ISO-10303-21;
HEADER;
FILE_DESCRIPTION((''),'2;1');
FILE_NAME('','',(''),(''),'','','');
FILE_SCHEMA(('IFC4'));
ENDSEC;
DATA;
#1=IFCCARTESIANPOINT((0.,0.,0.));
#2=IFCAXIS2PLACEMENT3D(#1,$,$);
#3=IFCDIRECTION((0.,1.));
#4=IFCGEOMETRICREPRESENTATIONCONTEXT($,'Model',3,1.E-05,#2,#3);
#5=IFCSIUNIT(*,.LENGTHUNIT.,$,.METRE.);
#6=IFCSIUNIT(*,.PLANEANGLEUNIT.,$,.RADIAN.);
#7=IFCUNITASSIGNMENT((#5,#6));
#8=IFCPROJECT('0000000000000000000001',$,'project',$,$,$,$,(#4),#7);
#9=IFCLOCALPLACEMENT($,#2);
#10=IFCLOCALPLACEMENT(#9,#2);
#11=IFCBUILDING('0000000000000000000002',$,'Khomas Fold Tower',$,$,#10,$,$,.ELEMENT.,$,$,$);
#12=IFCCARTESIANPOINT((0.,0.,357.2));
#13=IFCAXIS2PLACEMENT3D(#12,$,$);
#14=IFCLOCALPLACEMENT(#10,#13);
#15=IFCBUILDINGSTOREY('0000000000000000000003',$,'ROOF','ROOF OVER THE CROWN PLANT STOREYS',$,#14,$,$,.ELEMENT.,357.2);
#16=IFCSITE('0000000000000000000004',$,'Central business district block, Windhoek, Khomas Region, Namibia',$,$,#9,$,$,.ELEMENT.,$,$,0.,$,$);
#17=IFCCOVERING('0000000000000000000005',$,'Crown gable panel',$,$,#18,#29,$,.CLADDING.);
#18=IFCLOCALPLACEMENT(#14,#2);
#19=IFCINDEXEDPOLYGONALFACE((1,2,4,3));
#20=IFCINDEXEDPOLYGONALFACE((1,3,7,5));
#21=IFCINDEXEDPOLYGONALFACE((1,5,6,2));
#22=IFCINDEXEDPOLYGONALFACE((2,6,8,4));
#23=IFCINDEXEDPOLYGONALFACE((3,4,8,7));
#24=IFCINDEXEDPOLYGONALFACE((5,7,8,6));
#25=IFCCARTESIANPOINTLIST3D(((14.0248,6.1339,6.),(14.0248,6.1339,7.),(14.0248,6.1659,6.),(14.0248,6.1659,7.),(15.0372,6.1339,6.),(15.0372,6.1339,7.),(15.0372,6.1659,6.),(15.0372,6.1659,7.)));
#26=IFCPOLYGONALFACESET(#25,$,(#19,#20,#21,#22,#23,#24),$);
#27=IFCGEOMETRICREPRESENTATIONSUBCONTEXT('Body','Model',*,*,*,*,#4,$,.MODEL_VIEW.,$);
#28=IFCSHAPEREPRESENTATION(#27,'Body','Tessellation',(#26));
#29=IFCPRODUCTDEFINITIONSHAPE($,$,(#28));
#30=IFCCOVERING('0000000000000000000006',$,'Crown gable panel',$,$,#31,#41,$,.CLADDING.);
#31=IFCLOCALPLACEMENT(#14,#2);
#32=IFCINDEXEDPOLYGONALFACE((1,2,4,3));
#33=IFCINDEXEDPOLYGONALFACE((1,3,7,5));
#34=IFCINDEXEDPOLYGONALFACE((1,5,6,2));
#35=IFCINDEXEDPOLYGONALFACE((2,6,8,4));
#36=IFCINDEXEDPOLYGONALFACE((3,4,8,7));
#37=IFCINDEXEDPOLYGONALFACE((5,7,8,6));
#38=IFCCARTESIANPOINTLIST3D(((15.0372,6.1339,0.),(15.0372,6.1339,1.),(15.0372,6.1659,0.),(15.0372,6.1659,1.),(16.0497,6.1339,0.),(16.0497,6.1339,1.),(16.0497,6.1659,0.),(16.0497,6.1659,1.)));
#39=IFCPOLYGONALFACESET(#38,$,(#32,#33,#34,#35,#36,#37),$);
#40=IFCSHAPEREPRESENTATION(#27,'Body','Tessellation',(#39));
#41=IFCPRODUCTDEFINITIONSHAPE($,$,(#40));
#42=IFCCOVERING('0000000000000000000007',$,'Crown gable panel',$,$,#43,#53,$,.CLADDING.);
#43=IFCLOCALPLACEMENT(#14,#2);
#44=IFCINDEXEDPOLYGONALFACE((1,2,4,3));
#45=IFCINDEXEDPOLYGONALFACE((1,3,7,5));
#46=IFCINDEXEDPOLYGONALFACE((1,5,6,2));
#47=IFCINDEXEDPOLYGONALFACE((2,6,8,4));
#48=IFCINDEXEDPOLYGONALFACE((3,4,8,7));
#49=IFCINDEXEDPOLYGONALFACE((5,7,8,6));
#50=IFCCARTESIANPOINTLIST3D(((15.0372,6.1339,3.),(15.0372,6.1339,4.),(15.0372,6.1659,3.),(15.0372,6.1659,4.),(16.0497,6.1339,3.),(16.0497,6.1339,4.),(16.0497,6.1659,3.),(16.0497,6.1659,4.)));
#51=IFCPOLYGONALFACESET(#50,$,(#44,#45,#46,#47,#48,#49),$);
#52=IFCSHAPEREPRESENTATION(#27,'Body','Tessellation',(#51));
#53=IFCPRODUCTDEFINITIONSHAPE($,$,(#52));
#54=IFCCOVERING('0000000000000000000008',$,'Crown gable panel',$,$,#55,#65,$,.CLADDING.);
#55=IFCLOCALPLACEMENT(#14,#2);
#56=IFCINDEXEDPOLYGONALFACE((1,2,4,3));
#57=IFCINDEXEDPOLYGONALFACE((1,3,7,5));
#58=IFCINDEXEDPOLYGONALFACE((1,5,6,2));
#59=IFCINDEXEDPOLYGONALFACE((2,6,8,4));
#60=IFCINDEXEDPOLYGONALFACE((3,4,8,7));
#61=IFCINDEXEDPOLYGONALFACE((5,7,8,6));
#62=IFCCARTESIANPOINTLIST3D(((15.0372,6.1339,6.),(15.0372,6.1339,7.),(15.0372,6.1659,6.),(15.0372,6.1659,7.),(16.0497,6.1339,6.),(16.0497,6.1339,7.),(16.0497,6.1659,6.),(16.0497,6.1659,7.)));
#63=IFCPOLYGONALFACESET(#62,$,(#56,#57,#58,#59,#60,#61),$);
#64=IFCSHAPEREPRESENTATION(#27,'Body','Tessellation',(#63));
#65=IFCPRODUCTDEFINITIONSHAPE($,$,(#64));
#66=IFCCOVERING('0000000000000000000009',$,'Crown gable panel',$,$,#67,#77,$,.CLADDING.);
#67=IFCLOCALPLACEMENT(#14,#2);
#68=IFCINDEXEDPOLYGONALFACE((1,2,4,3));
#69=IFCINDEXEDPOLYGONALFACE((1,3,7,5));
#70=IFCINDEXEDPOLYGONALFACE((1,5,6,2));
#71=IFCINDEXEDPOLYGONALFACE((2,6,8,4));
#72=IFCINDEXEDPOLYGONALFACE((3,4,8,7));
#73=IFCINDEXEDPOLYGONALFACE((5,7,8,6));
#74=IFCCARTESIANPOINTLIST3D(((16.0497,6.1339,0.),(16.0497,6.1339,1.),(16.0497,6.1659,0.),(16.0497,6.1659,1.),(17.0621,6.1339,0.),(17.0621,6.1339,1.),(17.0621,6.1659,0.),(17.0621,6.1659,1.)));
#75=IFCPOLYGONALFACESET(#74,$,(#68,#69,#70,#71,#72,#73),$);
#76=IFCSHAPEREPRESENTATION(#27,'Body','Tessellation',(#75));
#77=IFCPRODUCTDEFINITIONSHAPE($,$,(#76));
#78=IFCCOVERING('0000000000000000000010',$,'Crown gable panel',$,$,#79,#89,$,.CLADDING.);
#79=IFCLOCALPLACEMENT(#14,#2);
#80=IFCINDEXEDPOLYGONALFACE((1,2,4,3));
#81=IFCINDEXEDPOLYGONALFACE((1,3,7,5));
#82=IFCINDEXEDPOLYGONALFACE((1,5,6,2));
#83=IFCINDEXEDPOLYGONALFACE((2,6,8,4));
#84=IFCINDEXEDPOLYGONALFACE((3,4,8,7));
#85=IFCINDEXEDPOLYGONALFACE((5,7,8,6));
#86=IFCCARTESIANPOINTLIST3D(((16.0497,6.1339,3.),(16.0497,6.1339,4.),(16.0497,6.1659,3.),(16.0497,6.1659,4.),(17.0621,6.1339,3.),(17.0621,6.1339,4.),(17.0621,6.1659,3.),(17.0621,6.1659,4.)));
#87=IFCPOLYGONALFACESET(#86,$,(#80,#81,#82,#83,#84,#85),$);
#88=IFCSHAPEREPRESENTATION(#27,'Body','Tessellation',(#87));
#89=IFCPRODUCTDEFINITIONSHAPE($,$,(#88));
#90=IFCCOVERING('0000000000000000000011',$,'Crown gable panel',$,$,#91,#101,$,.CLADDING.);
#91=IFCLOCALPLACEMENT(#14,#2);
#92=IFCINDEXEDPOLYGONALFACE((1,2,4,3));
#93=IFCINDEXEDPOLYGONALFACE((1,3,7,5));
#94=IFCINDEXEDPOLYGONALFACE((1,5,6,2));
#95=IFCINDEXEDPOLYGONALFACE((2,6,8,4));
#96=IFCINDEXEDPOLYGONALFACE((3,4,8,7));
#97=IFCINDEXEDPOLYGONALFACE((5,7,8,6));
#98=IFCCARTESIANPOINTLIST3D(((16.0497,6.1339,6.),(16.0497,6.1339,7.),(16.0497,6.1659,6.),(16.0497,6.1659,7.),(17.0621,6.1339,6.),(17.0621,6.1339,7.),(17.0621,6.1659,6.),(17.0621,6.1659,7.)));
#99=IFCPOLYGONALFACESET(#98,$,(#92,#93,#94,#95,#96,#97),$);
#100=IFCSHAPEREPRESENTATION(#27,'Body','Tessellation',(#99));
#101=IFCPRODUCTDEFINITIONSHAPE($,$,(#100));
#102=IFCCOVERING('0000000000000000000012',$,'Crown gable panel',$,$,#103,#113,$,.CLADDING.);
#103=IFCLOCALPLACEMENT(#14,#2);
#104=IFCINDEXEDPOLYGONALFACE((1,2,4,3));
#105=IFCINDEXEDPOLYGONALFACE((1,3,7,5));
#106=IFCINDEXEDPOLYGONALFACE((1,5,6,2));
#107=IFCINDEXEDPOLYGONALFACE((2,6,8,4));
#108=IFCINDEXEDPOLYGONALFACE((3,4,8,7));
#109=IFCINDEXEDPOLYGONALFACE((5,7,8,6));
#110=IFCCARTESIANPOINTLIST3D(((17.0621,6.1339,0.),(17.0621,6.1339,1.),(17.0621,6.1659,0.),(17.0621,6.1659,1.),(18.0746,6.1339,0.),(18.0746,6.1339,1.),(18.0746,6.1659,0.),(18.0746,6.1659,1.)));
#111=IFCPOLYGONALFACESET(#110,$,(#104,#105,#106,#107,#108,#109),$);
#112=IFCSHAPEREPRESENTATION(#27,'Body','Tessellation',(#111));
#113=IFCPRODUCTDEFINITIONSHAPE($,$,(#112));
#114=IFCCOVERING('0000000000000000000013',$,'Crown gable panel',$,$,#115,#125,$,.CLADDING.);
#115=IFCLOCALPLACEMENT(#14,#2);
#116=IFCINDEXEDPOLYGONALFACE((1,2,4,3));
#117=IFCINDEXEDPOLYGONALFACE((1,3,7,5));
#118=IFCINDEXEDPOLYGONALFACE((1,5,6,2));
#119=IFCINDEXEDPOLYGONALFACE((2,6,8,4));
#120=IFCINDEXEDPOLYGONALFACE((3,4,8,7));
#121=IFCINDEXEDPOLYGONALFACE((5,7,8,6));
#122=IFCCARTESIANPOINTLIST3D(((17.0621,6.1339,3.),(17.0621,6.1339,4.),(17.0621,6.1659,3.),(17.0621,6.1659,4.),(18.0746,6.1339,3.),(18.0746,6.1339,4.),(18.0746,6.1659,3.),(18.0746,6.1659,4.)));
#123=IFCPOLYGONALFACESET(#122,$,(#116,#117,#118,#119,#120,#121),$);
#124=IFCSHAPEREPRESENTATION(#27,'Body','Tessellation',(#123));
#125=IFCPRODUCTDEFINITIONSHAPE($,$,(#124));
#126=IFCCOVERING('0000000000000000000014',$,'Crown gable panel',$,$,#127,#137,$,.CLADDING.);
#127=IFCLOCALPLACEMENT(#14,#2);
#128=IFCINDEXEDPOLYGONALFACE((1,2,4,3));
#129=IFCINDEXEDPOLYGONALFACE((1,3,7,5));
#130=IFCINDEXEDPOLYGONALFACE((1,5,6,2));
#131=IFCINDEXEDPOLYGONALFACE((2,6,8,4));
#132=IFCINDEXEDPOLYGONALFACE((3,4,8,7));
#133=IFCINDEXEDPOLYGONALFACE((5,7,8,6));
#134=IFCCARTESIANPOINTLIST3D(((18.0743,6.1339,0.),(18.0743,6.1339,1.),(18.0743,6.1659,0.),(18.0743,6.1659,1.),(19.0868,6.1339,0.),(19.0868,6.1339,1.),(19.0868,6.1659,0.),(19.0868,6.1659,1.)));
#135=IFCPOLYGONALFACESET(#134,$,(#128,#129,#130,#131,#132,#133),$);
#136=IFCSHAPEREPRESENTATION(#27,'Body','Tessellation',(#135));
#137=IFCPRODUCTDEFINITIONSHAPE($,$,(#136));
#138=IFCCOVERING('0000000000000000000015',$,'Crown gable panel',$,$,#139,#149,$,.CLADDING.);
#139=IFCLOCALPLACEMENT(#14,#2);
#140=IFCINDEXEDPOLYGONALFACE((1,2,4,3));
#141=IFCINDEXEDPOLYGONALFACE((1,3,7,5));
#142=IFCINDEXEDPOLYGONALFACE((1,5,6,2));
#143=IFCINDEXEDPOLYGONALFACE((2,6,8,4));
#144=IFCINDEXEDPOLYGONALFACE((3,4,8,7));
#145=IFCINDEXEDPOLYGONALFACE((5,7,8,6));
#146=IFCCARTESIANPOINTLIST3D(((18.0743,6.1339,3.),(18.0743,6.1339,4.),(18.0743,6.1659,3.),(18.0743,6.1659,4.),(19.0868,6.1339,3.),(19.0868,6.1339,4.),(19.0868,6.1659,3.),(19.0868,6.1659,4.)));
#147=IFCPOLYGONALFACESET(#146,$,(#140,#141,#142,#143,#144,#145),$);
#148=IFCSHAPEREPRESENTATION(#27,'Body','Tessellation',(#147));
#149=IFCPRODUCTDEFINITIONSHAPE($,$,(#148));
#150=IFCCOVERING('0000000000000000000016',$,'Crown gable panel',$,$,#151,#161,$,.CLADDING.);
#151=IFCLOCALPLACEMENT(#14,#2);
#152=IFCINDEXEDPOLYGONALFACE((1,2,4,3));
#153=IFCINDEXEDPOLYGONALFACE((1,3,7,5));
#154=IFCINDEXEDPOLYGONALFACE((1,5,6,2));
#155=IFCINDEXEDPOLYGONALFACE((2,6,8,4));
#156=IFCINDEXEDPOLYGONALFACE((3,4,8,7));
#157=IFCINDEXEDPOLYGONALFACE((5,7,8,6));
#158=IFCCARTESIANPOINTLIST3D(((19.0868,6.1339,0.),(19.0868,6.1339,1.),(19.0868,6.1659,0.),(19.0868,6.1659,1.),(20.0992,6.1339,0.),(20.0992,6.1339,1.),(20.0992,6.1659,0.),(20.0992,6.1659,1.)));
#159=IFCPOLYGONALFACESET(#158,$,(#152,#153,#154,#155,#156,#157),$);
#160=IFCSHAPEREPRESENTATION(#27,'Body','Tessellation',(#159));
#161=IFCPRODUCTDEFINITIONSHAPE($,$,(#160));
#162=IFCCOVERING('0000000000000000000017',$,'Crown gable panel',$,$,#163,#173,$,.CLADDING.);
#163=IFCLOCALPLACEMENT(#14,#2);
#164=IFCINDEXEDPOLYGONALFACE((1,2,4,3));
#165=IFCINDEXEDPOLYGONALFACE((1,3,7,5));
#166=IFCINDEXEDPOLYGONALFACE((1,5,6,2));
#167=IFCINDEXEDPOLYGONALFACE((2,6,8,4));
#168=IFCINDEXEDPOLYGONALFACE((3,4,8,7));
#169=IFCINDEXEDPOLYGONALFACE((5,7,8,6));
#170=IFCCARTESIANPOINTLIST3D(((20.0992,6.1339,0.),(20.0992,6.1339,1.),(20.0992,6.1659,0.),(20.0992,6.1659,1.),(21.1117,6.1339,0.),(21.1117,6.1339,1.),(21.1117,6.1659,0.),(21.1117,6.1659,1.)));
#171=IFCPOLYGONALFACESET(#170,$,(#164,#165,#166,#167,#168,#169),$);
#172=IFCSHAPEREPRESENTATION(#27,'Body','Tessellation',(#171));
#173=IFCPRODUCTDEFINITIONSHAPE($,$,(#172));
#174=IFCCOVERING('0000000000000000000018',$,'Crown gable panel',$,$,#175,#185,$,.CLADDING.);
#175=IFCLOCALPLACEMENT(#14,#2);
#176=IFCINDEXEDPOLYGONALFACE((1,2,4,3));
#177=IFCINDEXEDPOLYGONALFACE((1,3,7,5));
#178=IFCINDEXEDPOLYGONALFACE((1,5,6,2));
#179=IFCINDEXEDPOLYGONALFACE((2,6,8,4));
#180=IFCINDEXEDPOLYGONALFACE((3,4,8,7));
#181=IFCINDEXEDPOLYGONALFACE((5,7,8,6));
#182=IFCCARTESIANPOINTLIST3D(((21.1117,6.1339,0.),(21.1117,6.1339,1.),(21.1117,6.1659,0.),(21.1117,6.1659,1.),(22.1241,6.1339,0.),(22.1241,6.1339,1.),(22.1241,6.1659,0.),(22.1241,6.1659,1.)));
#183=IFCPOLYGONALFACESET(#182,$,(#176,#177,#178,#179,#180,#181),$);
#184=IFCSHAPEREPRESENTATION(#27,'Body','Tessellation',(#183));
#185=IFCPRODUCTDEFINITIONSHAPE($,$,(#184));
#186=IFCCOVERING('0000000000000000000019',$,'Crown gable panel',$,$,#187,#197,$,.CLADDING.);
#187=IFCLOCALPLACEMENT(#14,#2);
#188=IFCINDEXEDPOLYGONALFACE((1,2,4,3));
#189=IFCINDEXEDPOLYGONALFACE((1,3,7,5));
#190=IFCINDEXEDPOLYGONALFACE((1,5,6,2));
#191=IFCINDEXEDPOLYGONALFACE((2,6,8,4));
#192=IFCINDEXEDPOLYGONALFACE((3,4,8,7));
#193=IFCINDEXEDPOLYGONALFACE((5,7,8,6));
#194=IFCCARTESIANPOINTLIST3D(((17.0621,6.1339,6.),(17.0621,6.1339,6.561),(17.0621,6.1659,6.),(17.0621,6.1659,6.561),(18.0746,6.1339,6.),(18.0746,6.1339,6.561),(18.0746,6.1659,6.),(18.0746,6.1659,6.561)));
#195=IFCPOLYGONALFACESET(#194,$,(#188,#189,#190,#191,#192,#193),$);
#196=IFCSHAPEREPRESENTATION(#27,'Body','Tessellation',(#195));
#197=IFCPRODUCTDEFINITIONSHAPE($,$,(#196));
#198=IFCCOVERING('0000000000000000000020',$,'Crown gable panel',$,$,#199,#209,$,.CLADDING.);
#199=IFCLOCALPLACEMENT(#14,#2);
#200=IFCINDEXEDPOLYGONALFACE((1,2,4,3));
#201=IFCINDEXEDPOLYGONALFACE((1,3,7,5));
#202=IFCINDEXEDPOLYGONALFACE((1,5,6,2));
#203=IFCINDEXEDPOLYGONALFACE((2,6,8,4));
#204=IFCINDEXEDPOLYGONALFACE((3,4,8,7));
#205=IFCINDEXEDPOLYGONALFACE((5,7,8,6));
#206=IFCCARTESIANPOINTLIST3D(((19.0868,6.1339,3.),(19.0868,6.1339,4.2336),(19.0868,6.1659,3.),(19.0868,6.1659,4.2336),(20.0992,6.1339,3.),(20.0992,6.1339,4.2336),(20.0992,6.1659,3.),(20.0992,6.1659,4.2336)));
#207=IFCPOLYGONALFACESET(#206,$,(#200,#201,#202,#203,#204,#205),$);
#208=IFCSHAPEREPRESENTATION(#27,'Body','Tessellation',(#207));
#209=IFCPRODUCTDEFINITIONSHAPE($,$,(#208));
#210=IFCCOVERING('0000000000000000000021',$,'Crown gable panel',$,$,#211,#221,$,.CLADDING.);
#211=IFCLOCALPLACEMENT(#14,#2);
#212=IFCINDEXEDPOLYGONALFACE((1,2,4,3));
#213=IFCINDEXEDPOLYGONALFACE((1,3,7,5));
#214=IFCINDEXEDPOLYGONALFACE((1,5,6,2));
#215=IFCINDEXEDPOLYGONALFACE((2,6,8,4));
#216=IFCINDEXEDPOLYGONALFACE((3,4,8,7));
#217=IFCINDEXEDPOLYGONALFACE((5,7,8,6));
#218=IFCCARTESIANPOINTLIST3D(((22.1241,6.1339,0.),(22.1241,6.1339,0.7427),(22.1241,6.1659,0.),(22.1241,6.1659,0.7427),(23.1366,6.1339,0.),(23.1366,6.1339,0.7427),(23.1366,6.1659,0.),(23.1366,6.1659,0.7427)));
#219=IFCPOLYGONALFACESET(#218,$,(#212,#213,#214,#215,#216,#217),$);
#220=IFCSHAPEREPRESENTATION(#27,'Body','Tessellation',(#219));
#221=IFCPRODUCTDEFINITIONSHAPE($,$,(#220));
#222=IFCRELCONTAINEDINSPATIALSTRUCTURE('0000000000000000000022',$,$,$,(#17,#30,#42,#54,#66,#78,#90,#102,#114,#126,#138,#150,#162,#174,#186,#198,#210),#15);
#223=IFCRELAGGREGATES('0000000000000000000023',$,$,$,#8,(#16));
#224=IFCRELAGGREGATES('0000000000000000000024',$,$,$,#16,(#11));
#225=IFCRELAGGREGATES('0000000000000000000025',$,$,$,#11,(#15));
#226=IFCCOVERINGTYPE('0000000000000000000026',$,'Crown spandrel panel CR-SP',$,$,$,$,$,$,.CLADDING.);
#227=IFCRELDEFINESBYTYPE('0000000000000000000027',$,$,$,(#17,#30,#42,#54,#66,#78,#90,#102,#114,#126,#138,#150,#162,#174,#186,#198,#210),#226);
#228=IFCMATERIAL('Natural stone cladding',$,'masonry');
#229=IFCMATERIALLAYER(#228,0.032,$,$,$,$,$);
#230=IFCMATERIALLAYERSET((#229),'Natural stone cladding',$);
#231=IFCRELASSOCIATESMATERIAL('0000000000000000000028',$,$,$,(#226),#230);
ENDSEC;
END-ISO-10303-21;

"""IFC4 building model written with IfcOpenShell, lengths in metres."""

from ifc_helpers import new_model, si_unit, direction, frame, origin, origin_2d, place, context, subcontext, project, spatial, rectangle, extrude, source, transform, mapped, material, layer, layer_set, type_object, element, save


model = new_model("IFC4")

# Units and contexts
model_context = context("Model", 3, precision=1e-05, world=origin(), true_north=direction((0.0, 1.0)))
body_context = subcontext(model_context, "Body", "Model", "MODEL_VIEW")
ifc_project = project(units=[si_unit("LENGTHUNIT", "METRE"), si_unit("PLANEANGLEUNIT", "RADIAN")], contexts=[model_context])

# Site, building, storey
site_placement = place(None, origin())
site = spatial("IfcSite", under=ifc_project, at=site_placement, Name="Central business district block, Windhoek, Khomas Region, Namibia", CompositionType="ELEMENT", RefElevation=0.0)
building_placement = place(site_placement, origin())
building = spatial("IfcBuilding", under=site, at=building_placement, Name="Khomas Fold Tower", CompositionType="ELEMENT")
storey_placement = place(building_placement, frame((0.0, 0.0, 357.2)))
storey = spatial("IfcBuildingStorey", under=building, at=storey_placement, Name="ROOF", Description="ROOF OVER THE CROWN PLANT STOREYS", CompositionType="ELEMENT", Elevation=357.2)

# Coverings
ifc_material_1 = material(Name="Natural stone cladding", Category="masonry")
ifc_layer_1 = layer(ifc_material_1, 0.032)
ifc_layer_set_1 = layer_set([ifc_layer_1], Name="Natural stone cladding")
covering_type = type_object("IfcCoveringType", Name="Crown spandrel panel CR-SP", PredefinedType="CLADDING", material=ifc_layer_set_1)
shared_shape_1 = source(origin(), body_context, "Body", "SweptSolid", [
    extrude(rectangle(XDim=1.0125, YDim=0.032, at=origin_2d()), origin(), (0.0, 0.0, 1.0), 1.0),
])
for number, where, z_axis, x_axis, name in (
    (1, (14.531, 6.1499, 6.0), (0.0, 0.0, 1.0), (1.0, 0.0, 0.0), "Crown gable panel"),
    (2, (15.5435, 6.1499, 0.0), (0.0, 0.0, 1.0), (1.0, 0.0, 0.0), "Crown gable panel"),
    (3, (15.5435, 6.1499, 3.0), (0.0, 0.0, 1.0), (1.0, 0.0, 0.0), "Crown gable panel"),
    (4, (15.5435, 6.1499, 6.0), (0.0, 0.0, 1.0), (1.0, 0.0, 0.0), "Crown gable panel"),
    (5, (16.5559, 6.1499, 0.0), (0.0, 0.0, 1.0), (1.0, 0.0, 0.0), "Crown gable panel"),
    (6, (16.5559, 6.1499, 3.0), (0.0, 0.0, 1.0), (1.0, 0.0, 0.0), "Crown gable panel"),
    (7, (16.5559, 6.1499, 6.0), (0.0, 0.0, 1.0), (1.0, 0.0, 0.0), "Crown gable panel"),
    (8, (17.5684, 6.1499, 0.0), (0.0, 0.0, 1.0), (1.0, 0.0, 0.0), "Crown gable panel"),
    (9, (17.5684, 6.1499, 3.0), (0.0, 0.0, 1.0), (1.0, 0.0, 0.0), "Crown gable panel"),
    (10, (18.5806, 6.1499, 0.0), (0.0, 0.0, 1.0), (1.0, 0.0, 0.0), "Crown gable panel"),
    (11, (18.5806, 6.1499, 3.0), (0.0, 0.0, 1.0), (1.0, 0.0, 0.0), "Crown gable panel"),
    (12, (19.593, 6.1499, 0.0), (0.0, 0.0, 1.0), (1.0, 0.0, 0.0), "Crown gable panel"),
    (13, (20.6055, 6.1499, 0.0), (0.0, 0.0, 1.0), (1.0, 0.0, 0.0), "Crown gable panel"),
    (14, (21.6179, 6.1499, 0.0), (0.0, 0.0, 1.0), (1.0, 0.0, 0.0), "Crown gable panel"),
):
    element("IfcCovering", number, at=place(storey_placement, frame(where, z_axis=z_axis, x_axis=x_axis)), inside=storey, type_object=covering_type, Name=name, PredefinedType="CLADDING", context=body_context, shape_type="MappedRepresentation", body=[
        mapped(shared_shape_1, transform((0.0, 0.0, 0.0))),
    ])
shared_shape_2 = source(origin(), body_context, "Body", "SweptSolid", [
    extrude(rectangle(XDim=1.0125, YDim=0.032, at=origin_2d()), origin(), (0.0, 0.0, 1.0), 0.561),
])
covering_1_placement = place(storey_placement, frame((17.5684, 6.1499, 6.0), z_axis=(0.0, 0.0, 1.0), x_axis=(1.0, 0.0, 0.0)))
element("IfcCovering", 15, at=covering_1_placement, inside=storey, type_object=covering_type, Name="Crown gable panel", PredefinedType="CLADDING", context=body_context, shape_type="MappedRepresentation", body=[
    mapped(shared_shape_2, transform((0.0, 0.0, 0.0))),
])
shared_shape_3 = source(origin(), body_context, "Body", "SweptSolid", [
    extrude(rectangle(XDim=1.0125, YDim=0.032, at=origin_2d()), origin(), (0.0, 0.0, 1.0), 1.2336),
])
covering_2_placement = place(storey_placement, frame((19.593, 6.1499, 3.0), z_axis=(0.0, 0.0, 1.0), x_axis=(1.0, 0.0, 0.0)))
element("IfcCovering", 16, at=covering_2_placement, inside=storey, type_object=covering_type, Name="Crown gable panel", PredefinedType="CLADDING", context=body_context, shape_type="MappedRepresentation", body=[
    mapped(shared_shape_3, transform((0.0, 0.0, 0.0))),
])
shared_shape_4 = source(origin(), body_context, "Body", "SweptSolid", [
    extrude(rectangle(XDim=1.0125, YDim=0.032, at=origin_2d()), origin(), (0.0, 0.0, 1.0), 0.7427),
])
covering_3_placement = place(storey_placement, frame((22.6304, 6.1499, 0.0), z_axis=(0.0, 0.0, 1.0), x_axis=(1.0, 0.0, 0.0)))
element("IfcCovering", 17, at=covering_3_placement, inside=storey, type_object=covering_type, Name="Crown gable panel", PredefinedType="CLADDING", context=body_context, shape_type="MappedRepresentation", body=[
    mapped(shared_shape_4, transform((0.0, 0.0, 0.0))),
])

save(model, "model.ifc")
